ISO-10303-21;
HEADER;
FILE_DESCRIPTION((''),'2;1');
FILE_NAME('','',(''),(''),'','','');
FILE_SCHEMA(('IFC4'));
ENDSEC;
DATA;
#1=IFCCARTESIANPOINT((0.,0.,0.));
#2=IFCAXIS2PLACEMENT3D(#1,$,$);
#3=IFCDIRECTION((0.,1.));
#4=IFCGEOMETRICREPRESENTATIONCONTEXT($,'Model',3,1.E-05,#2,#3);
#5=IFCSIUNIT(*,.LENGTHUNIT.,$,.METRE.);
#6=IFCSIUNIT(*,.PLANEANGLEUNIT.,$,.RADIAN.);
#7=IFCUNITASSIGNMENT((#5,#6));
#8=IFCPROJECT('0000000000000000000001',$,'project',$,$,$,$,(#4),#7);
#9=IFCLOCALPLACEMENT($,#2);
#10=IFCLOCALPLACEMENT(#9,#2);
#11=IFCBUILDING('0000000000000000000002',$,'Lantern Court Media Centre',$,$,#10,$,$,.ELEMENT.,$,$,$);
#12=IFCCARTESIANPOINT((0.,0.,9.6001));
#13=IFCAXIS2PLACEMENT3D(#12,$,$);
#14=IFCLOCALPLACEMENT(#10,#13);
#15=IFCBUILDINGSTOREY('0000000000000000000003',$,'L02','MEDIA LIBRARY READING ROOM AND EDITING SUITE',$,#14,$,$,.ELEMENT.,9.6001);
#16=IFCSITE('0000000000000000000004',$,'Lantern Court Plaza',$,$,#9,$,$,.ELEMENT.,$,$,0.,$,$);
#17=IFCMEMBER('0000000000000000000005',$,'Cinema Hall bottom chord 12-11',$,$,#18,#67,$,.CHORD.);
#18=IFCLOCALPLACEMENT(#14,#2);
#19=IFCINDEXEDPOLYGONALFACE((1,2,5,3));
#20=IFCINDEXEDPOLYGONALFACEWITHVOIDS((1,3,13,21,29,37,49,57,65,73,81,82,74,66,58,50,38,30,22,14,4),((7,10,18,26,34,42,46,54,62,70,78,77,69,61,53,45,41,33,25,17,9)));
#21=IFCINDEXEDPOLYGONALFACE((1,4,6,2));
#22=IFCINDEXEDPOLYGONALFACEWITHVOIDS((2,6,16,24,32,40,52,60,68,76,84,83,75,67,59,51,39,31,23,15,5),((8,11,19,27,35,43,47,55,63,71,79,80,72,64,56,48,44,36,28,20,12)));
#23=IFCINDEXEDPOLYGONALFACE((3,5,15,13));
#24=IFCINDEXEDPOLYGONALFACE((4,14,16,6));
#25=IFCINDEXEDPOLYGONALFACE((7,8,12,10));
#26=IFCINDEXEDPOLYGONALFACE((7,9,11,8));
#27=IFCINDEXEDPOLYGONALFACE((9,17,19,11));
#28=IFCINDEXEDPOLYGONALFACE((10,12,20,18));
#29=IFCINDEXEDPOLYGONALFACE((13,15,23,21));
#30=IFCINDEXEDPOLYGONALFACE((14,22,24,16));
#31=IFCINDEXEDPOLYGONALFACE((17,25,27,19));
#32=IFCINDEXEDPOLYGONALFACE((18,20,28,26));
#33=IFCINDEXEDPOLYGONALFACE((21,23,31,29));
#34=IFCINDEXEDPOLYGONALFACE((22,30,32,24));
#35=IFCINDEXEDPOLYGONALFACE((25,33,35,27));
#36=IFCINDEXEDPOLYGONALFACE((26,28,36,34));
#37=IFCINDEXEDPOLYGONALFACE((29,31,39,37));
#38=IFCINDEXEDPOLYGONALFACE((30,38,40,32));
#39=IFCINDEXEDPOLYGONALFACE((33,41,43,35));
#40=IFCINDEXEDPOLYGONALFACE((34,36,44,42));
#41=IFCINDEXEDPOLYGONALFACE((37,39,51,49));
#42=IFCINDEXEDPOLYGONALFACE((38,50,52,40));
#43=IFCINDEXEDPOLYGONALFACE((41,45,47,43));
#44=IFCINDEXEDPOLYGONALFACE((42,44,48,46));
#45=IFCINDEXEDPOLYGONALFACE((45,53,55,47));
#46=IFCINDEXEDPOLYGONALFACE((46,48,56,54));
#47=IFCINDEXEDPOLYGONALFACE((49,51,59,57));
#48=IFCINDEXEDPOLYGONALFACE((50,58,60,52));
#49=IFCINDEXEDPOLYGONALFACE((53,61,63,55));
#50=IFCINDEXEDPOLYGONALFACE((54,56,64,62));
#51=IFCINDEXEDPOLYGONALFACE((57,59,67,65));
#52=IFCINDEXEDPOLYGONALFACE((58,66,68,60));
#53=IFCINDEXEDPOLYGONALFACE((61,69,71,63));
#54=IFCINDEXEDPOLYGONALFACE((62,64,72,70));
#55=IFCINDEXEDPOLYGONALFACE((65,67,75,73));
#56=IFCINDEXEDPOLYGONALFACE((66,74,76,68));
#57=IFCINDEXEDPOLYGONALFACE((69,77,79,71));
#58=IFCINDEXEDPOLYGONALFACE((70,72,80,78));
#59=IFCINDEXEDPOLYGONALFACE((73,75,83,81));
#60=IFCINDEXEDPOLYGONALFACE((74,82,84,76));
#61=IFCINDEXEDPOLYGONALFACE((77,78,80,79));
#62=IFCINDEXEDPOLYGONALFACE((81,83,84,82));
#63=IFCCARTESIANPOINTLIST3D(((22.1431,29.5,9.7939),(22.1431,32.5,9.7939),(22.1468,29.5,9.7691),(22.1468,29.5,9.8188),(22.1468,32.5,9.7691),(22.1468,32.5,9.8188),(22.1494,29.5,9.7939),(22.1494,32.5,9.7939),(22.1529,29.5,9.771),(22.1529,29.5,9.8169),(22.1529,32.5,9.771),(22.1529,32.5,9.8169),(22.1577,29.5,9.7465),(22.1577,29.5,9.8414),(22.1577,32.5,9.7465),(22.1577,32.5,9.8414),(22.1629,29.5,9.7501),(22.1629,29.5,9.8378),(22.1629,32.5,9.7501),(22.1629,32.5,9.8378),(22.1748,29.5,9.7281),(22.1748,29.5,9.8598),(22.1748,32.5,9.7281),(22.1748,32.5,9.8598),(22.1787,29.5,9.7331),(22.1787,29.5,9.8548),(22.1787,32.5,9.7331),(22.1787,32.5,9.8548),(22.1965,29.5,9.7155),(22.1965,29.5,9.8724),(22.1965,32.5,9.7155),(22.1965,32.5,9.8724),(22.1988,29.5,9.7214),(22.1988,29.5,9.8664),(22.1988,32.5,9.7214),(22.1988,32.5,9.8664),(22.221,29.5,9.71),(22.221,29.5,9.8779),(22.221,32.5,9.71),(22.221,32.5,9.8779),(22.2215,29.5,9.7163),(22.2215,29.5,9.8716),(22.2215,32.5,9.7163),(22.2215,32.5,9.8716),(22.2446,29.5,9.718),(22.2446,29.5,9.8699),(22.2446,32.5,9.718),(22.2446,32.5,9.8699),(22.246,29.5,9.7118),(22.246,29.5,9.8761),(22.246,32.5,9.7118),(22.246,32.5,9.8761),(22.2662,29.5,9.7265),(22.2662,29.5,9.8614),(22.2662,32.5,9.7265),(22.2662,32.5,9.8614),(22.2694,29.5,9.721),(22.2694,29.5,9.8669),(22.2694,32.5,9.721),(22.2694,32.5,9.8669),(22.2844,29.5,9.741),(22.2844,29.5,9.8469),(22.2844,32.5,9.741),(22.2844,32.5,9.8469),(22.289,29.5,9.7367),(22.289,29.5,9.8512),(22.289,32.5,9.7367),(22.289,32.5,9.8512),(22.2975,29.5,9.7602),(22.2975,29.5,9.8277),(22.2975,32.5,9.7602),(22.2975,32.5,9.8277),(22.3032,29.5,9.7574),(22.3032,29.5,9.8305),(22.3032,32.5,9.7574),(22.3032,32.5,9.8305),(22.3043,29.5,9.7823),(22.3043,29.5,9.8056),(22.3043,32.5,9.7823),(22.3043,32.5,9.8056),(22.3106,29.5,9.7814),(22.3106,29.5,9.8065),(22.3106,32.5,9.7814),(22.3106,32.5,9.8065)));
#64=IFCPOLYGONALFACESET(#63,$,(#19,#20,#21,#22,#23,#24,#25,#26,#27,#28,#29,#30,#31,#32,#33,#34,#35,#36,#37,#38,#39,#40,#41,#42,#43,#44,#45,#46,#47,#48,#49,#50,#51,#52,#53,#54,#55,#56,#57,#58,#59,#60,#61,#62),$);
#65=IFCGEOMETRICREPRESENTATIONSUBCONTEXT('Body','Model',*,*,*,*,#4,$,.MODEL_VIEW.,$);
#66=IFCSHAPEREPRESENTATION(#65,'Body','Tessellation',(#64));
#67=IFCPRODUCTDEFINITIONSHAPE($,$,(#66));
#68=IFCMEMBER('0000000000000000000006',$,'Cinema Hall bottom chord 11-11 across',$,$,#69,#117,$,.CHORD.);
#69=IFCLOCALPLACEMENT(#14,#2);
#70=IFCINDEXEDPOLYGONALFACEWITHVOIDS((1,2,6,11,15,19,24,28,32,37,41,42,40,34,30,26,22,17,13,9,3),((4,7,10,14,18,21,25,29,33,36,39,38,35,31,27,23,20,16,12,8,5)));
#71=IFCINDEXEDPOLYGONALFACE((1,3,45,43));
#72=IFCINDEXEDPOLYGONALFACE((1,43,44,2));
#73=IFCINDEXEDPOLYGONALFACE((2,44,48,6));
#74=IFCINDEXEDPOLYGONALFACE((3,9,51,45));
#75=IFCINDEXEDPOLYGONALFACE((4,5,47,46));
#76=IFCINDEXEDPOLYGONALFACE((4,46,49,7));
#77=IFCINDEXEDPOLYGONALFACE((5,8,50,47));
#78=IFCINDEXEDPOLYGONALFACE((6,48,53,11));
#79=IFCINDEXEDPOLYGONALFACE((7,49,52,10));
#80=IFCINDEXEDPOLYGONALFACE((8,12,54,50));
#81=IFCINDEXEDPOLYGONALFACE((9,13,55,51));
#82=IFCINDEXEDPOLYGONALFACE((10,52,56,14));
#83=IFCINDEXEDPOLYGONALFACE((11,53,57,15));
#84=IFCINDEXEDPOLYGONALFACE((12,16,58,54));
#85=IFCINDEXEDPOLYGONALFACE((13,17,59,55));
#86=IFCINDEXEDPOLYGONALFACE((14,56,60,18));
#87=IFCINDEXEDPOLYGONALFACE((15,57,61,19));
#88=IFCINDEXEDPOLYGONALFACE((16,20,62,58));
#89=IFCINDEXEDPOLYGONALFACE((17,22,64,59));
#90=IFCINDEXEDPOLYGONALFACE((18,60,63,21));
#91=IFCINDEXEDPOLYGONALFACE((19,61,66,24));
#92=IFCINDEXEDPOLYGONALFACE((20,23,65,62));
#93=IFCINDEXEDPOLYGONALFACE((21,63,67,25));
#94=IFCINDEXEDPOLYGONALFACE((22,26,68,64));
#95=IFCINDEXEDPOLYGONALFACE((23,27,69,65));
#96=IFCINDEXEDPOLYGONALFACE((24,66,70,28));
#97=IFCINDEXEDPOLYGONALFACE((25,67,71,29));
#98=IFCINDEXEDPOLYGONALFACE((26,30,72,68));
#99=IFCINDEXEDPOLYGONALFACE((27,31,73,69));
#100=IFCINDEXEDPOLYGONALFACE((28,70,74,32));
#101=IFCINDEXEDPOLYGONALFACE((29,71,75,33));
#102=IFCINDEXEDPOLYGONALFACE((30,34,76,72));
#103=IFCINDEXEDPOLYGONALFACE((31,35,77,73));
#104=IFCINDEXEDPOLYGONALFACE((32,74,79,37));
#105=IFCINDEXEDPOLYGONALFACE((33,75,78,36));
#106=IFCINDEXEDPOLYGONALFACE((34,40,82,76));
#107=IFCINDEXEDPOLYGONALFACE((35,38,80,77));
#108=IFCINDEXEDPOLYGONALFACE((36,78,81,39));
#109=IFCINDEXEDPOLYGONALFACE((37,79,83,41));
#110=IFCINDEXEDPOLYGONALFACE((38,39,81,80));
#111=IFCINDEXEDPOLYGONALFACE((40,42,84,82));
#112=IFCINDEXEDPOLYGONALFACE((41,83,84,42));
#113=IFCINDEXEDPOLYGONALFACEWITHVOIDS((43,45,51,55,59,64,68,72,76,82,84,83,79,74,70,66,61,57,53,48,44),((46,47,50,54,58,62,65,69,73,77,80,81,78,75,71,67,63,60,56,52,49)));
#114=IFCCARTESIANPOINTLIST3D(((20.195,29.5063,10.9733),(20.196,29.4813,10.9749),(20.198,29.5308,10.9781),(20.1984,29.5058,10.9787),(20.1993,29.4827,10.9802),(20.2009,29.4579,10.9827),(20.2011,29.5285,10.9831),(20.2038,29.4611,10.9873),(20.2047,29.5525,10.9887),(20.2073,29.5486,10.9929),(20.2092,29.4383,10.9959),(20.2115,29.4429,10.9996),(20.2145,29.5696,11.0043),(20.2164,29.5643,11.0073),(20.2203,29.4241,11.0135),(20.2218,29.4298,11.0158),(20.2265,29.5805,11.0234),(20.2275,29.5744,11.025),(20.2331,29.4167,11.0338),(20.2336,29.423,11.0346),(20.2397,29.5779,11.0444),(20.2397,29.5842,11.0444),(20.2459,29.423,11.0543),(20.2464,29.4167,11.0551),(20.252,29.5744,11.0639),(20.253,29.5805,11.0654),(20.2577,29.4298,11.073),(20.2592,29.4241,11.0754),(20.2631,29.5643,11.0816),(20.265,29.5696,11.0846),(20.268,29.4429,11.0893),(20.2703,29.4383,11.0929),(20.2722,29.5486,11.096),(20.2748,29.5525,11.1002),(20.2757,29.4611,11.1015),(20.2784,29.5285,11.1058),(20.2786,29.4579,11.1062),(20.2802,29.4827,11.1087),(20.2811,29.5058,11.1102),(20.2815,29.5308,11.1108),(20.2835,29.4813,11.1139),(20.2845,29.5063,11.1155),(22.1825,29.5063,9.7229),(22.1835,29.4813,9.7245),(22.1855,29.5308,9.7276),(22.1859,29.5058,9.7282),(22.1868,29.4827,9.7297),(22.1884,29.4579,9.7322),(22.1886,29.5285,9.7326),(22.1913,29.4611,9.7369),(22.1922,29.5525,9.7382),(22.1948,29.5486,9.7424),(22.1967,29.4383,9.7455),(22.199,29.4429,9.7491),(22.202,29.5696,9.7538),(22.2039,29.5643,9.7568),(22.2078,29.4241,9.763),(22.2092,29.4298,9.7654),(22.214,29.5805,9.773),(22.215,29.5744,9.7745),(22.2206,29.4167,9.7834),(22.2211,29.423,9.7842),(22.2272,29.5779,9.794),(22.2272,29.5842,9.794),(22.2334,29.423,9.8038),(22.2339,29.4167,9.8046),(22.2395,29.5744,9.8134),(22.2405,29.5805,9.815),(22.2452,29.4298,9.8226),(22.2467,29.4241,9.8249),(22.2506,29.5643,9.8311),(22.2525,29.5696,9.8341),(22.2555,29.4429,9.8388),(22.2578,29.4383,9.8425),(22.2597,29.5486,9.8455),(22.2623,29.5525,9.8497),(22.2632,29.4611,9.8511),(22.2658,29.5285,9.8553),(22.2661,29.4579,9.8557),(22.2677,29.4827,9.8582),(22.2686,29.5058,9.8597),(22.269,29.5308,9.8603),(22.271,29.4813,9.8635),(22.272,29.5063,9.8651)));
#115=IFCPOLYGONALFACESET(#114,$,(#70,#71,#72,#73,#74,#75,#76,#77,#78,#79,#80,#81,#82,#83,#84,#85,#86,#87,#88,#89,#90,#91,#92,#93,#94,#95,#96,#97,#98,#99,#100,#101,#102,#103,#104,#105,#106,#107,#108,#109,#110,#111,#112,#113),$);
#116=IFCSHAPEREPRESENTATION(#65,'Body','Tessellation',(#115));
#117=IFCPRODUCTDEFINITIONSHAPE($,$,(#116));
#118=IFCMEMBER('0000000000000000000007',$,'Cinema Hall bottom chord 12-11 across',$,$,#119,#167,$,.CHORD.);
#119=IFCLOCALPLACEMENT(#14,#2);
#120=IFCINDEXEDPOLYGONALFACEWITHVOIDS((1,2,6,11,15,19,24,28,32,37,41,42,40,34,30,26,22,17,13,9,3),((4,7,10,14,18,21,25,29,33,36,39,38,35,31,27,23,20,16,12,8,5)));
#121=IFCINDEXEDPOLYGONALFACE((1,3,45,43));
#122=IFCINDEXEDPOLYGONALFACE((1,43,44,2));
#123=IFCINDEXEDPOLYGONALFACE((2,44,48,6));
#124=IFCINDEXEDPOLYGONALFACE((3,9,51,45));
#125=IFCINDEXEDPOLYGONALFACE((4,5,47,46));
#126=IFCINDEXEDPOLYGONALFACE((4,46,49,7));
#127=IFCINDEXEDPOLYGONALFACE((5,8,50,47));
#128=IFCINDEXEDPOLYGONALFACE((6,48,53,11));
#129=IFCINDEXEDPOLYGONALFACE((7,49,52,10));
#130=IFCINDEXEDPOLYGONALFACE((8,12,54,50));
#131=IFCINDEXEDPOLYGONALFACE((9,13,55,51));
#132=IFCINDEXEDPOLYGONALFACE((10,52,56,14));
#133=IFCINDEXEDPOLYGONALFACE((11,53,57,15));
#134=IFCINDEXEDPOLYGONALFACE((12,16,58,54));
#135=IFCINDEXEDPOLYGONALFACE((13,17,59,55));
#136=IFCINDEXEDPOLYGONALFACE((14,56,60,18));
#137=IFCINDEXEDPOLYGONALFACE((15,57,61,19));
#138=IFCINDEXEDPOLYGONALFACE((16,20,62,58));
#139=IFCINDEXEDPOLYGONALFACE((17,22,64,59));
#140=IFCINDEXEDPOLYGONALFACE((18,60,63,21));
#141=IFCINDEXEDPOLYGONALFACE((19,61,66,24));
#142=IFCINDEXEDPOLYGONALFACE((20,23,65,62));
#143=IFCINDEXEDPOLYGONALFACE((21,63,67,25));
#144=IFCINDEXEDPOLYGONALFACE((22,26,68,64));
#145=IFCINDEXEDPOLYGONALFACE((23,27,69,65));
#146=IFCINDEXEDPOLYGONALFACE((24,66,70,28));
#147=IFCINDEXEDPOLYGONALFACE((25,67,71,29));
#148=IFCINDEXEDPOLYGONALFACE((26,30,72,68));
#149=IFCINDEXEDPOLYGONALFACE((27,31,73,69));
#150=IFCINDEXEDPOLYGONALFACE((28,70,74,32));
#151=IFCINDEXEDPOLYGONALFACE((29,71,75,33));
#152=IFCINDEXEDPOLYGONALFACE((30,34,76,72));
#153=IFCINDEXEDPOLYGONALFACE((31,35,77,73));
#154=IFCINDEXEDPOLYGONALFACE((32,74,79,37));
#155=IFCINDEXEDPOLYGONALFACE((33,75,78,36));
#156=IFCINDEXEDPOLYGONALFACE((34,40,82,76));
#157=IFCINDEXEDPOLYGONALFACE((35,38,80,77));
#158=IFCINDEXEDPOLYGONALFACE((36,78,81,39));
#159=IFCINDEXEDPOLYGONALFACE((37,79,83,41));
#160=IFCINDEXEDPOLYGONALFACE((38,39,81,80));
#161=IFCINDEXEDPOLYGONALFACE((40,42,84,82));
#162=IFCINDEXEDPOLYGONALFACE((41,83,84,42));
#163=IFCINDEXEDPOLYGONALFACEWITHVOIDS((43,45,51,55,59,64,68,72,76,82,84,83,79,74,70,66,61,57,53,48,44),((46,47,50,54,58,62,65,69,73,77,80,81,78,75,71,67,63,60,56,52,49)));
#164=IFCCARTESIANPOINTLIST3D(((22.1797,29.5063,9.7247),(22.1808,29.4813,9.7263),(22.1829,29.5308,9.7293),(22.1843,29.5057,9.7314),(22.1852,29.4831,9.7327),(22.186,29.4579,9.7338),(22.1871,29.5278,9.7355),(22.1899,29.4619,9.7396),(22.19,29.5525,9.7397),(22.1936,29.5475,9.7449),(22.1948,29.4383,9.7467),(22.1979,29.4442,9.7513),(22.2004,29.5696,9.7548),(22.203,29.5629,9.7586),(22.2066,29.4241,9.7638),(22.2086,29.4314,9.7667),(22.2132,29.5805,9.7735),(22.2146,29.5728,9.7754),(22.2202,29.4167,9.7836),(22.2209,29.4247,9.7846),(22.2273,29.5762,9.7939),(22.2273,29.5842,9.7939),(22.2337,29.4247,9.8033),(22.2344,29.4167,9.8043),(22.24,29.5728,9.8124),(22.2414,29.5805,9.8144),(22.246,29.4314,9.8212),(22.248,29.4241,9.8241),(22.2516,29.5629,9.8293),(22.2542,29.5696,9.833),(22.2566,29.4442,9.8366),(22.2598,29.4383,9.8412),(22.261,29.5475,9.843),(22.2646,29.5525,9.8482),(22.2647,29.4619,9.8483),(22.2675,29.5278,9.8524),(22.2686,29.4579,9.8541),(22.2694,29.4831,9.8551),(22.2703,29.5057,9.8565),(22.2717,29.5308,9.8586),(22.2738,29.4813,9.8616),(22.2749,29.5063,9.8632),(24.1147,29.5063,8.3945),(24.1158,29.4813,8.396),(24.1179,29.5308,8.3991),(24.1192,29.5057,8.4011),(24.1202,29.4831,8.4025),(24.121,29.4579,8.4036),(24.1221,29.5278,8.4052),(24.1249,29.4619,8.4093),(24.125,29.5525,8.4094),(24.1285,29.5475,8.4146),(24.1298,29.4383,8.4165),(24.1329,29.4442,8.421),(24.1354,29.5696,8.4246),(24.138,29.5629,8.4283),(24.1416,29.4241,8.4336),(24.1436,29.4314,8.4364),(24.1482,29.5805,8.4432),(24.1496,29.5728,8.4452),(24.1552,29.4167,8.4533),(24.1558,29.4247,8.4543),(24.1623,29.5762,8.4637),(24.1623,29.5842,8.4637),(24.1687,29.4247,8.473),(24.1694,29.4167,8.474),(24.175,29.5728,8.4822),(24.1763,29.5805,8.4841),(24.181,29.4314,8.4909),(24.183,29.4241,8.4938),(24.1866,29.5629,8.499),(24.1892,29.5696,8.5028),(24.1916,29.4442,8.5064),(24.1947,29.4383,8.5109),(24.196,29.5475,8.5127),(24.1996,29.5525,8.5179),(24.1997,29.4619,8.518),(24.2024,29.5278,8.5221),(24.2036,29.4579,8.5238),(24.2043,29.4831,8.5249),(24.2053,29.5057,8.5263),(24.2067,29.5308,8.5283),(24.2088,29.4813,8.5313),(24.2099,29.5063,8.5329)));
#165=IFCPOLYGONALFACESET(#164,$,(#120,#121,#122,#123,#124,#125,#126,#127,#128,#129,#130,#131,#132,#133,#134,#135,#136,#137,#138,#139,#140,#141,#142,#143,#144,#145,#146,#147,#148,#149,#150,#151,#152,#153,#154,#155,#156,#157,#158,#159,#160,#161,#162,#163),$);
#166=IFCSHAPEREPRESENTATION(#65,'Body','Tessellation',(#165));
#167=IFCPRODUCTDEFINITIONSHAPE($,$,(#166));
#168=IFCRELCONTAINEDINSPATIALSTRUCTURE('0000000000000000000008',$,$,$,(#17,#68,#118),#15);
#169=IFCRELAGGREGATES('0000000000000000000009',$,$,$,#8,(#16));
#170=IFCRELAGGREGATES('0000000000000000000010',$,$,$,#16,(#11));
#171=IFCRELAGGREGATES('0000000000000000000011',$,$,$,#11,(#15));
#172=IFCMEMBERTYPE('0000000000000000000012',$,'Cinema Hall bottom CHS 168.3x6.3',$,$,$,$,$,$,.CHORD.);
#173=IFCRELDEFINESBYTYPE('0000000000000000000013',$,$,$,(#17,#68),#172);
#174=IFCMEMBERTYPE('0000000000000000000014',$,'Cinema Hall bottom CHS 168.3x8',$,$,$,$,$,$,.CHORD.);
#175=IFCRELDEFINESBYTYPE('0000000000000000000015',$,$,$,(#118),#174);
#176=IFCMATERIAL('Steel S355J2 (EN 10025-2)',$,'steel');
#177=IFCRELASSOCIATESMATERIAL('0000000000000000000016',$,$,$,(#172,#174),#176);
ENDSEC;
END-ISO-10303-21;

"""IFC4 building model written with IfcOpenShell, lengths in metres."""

from ifc_helpers import new_model, si_unit, direction, frame, origin, origin_2d, place, context, subcontext, project, spatial, hollow_circle, extrude, material, material_profile, profile_set, type_object, element, save


model = new_model("IFC4")

# Units and contexts
model_context = context("Model", 3, precision=1e-05, world=origin(), true_north=direction((0.0, 1.0)))
body_context = subcontext(model_context, "Body", "Model", "MODEL_VIEW")
ifc_project = project(units=[si_unit("LENGTHUNIT", "METRE"), si_unit("PLANEANGLEUNIT", "RADIAN")], contexts=[model_context])

# Site, building, storey
site_placement = place(None, origin())
site = spatial("IfcSite", under=ifc_project, at=site_placement, Name="Lantern Court Plaza", CompositionType="ELEMENT", RefElevation=0.0)
building_placement = place(site_placement, origin())
building = spatial("IfcBuilding", under=site, at=building_placement, Name="Lantern Court Media Centre", CompositionType="ELEMENT")
storey_placement = place(building_placement, frame((0.0, 0.0, 9.6001)))
storey = spatial("IfcBuildingStorey", under=building, at=storey_placement, Name="L02", Description="MEDIA LIBRARY READING ROOM AND EDITING SUITE", CompositionType="ELEMENT", Elevation=9.6001)

# Members
ifc_material = material(Name="Steel S355J2 (EN 10025-2)", Category="steel")
ifc_material_profile_1 = material_profile(ifc_material, hollow_circle(Radius=0.0842, WallThickness=0.0063, at=origin_2d()), Name="Cinema Hall bottom CHS 168.3x6.3")
ifc_profile_set_1 = profile_set([ifc_material_profile_1], Name="Steel S355J2 (EN 10025-2)")
member_type_1 = type_object("IfcMemberType", Name="Cinema Hall bottom CHS 168.3x6.3", PredefinedType="CHORD", material=ifc_profile_set_1)
member_1_placement = place(storey_placement, frame((22.2273, 29.5, 9.7939), z_axis=(0.0, 1.0, 0.0), x_axis=(-1.0, 0.0, 0.0)))
element("IfcMember", 1, at=member_1_placement, inside=storey, type_object=member_type_1, Name="Cinema Hall bottom chord 12-11", PredefinedType="CHORD", context=body_context, shape_type="SweptSolid", body=[
    extrude(hollow_circle(Radius=0.0842, WallThickness=0.0063, at=origin_2d()), origin(), (0.0, 0.0, 1.0), 3.0),
])
member_2_placement = place(storey_placement, frame((20.2397, 29.5, 11.0444), z_axis=(0.846412, 0.0, -0.532529), x_axis=(0.0, 1.0, 0.0)))
element("IfcMember", 2, at=member_2_placement, inside=storey, type_object=member_type_1, Name="Cinema Hall bottom chord 11-11 across", PredefinedType="CHORD", context=body_context, shape_type="SweptSolid", body=[
    extrude(hollow_circle(Radius=0.0842, WallThickness=0.0063, at=origin_2d()), origin(), (0.0, 0.0, 1.0), 2.3481),
])
ifc_material_profile_2 = material_profile(ifc_material, hollow_circle(Radius=0.0842, WallThickness=0.0081, at=origin_2d()), Name="Cinema Hall bottom CHS 168.3x8")
ifc_profile_set_2 = profile_set([ifc_material_profile_2], Name="Steel S355J2 (EN 10025-2)")
member_type_2 = type_object("IfcMemberType", Name="Cinema Hall bottom CHS 168.3x8", PredefinedType="CHORD", material=ifc_profile_set_2)
member_3_placement = place(storey_placement, frame((22.2273, 29.5, 9.7939), z_axis=(0.824048, 0.0, -0.56652), x_axis=(0.0, 1.0, 0.0)))
element("IfcMember", 3, at=member_3_placement, inside=storey, type_object=member_type_2, Name="Cinema Hall bottom chord 12-11 across", PredefinedType="CHORD", context=body_context, shape_type="SweptSolid", body=[
    extrude(hollow_circle(Radius=0.0842, WallThickness=0.0081, at=origin_2d()), origin(), (0.0, 0.0, 1.0), 2.3481),
])

save(model, "model.ifc")
